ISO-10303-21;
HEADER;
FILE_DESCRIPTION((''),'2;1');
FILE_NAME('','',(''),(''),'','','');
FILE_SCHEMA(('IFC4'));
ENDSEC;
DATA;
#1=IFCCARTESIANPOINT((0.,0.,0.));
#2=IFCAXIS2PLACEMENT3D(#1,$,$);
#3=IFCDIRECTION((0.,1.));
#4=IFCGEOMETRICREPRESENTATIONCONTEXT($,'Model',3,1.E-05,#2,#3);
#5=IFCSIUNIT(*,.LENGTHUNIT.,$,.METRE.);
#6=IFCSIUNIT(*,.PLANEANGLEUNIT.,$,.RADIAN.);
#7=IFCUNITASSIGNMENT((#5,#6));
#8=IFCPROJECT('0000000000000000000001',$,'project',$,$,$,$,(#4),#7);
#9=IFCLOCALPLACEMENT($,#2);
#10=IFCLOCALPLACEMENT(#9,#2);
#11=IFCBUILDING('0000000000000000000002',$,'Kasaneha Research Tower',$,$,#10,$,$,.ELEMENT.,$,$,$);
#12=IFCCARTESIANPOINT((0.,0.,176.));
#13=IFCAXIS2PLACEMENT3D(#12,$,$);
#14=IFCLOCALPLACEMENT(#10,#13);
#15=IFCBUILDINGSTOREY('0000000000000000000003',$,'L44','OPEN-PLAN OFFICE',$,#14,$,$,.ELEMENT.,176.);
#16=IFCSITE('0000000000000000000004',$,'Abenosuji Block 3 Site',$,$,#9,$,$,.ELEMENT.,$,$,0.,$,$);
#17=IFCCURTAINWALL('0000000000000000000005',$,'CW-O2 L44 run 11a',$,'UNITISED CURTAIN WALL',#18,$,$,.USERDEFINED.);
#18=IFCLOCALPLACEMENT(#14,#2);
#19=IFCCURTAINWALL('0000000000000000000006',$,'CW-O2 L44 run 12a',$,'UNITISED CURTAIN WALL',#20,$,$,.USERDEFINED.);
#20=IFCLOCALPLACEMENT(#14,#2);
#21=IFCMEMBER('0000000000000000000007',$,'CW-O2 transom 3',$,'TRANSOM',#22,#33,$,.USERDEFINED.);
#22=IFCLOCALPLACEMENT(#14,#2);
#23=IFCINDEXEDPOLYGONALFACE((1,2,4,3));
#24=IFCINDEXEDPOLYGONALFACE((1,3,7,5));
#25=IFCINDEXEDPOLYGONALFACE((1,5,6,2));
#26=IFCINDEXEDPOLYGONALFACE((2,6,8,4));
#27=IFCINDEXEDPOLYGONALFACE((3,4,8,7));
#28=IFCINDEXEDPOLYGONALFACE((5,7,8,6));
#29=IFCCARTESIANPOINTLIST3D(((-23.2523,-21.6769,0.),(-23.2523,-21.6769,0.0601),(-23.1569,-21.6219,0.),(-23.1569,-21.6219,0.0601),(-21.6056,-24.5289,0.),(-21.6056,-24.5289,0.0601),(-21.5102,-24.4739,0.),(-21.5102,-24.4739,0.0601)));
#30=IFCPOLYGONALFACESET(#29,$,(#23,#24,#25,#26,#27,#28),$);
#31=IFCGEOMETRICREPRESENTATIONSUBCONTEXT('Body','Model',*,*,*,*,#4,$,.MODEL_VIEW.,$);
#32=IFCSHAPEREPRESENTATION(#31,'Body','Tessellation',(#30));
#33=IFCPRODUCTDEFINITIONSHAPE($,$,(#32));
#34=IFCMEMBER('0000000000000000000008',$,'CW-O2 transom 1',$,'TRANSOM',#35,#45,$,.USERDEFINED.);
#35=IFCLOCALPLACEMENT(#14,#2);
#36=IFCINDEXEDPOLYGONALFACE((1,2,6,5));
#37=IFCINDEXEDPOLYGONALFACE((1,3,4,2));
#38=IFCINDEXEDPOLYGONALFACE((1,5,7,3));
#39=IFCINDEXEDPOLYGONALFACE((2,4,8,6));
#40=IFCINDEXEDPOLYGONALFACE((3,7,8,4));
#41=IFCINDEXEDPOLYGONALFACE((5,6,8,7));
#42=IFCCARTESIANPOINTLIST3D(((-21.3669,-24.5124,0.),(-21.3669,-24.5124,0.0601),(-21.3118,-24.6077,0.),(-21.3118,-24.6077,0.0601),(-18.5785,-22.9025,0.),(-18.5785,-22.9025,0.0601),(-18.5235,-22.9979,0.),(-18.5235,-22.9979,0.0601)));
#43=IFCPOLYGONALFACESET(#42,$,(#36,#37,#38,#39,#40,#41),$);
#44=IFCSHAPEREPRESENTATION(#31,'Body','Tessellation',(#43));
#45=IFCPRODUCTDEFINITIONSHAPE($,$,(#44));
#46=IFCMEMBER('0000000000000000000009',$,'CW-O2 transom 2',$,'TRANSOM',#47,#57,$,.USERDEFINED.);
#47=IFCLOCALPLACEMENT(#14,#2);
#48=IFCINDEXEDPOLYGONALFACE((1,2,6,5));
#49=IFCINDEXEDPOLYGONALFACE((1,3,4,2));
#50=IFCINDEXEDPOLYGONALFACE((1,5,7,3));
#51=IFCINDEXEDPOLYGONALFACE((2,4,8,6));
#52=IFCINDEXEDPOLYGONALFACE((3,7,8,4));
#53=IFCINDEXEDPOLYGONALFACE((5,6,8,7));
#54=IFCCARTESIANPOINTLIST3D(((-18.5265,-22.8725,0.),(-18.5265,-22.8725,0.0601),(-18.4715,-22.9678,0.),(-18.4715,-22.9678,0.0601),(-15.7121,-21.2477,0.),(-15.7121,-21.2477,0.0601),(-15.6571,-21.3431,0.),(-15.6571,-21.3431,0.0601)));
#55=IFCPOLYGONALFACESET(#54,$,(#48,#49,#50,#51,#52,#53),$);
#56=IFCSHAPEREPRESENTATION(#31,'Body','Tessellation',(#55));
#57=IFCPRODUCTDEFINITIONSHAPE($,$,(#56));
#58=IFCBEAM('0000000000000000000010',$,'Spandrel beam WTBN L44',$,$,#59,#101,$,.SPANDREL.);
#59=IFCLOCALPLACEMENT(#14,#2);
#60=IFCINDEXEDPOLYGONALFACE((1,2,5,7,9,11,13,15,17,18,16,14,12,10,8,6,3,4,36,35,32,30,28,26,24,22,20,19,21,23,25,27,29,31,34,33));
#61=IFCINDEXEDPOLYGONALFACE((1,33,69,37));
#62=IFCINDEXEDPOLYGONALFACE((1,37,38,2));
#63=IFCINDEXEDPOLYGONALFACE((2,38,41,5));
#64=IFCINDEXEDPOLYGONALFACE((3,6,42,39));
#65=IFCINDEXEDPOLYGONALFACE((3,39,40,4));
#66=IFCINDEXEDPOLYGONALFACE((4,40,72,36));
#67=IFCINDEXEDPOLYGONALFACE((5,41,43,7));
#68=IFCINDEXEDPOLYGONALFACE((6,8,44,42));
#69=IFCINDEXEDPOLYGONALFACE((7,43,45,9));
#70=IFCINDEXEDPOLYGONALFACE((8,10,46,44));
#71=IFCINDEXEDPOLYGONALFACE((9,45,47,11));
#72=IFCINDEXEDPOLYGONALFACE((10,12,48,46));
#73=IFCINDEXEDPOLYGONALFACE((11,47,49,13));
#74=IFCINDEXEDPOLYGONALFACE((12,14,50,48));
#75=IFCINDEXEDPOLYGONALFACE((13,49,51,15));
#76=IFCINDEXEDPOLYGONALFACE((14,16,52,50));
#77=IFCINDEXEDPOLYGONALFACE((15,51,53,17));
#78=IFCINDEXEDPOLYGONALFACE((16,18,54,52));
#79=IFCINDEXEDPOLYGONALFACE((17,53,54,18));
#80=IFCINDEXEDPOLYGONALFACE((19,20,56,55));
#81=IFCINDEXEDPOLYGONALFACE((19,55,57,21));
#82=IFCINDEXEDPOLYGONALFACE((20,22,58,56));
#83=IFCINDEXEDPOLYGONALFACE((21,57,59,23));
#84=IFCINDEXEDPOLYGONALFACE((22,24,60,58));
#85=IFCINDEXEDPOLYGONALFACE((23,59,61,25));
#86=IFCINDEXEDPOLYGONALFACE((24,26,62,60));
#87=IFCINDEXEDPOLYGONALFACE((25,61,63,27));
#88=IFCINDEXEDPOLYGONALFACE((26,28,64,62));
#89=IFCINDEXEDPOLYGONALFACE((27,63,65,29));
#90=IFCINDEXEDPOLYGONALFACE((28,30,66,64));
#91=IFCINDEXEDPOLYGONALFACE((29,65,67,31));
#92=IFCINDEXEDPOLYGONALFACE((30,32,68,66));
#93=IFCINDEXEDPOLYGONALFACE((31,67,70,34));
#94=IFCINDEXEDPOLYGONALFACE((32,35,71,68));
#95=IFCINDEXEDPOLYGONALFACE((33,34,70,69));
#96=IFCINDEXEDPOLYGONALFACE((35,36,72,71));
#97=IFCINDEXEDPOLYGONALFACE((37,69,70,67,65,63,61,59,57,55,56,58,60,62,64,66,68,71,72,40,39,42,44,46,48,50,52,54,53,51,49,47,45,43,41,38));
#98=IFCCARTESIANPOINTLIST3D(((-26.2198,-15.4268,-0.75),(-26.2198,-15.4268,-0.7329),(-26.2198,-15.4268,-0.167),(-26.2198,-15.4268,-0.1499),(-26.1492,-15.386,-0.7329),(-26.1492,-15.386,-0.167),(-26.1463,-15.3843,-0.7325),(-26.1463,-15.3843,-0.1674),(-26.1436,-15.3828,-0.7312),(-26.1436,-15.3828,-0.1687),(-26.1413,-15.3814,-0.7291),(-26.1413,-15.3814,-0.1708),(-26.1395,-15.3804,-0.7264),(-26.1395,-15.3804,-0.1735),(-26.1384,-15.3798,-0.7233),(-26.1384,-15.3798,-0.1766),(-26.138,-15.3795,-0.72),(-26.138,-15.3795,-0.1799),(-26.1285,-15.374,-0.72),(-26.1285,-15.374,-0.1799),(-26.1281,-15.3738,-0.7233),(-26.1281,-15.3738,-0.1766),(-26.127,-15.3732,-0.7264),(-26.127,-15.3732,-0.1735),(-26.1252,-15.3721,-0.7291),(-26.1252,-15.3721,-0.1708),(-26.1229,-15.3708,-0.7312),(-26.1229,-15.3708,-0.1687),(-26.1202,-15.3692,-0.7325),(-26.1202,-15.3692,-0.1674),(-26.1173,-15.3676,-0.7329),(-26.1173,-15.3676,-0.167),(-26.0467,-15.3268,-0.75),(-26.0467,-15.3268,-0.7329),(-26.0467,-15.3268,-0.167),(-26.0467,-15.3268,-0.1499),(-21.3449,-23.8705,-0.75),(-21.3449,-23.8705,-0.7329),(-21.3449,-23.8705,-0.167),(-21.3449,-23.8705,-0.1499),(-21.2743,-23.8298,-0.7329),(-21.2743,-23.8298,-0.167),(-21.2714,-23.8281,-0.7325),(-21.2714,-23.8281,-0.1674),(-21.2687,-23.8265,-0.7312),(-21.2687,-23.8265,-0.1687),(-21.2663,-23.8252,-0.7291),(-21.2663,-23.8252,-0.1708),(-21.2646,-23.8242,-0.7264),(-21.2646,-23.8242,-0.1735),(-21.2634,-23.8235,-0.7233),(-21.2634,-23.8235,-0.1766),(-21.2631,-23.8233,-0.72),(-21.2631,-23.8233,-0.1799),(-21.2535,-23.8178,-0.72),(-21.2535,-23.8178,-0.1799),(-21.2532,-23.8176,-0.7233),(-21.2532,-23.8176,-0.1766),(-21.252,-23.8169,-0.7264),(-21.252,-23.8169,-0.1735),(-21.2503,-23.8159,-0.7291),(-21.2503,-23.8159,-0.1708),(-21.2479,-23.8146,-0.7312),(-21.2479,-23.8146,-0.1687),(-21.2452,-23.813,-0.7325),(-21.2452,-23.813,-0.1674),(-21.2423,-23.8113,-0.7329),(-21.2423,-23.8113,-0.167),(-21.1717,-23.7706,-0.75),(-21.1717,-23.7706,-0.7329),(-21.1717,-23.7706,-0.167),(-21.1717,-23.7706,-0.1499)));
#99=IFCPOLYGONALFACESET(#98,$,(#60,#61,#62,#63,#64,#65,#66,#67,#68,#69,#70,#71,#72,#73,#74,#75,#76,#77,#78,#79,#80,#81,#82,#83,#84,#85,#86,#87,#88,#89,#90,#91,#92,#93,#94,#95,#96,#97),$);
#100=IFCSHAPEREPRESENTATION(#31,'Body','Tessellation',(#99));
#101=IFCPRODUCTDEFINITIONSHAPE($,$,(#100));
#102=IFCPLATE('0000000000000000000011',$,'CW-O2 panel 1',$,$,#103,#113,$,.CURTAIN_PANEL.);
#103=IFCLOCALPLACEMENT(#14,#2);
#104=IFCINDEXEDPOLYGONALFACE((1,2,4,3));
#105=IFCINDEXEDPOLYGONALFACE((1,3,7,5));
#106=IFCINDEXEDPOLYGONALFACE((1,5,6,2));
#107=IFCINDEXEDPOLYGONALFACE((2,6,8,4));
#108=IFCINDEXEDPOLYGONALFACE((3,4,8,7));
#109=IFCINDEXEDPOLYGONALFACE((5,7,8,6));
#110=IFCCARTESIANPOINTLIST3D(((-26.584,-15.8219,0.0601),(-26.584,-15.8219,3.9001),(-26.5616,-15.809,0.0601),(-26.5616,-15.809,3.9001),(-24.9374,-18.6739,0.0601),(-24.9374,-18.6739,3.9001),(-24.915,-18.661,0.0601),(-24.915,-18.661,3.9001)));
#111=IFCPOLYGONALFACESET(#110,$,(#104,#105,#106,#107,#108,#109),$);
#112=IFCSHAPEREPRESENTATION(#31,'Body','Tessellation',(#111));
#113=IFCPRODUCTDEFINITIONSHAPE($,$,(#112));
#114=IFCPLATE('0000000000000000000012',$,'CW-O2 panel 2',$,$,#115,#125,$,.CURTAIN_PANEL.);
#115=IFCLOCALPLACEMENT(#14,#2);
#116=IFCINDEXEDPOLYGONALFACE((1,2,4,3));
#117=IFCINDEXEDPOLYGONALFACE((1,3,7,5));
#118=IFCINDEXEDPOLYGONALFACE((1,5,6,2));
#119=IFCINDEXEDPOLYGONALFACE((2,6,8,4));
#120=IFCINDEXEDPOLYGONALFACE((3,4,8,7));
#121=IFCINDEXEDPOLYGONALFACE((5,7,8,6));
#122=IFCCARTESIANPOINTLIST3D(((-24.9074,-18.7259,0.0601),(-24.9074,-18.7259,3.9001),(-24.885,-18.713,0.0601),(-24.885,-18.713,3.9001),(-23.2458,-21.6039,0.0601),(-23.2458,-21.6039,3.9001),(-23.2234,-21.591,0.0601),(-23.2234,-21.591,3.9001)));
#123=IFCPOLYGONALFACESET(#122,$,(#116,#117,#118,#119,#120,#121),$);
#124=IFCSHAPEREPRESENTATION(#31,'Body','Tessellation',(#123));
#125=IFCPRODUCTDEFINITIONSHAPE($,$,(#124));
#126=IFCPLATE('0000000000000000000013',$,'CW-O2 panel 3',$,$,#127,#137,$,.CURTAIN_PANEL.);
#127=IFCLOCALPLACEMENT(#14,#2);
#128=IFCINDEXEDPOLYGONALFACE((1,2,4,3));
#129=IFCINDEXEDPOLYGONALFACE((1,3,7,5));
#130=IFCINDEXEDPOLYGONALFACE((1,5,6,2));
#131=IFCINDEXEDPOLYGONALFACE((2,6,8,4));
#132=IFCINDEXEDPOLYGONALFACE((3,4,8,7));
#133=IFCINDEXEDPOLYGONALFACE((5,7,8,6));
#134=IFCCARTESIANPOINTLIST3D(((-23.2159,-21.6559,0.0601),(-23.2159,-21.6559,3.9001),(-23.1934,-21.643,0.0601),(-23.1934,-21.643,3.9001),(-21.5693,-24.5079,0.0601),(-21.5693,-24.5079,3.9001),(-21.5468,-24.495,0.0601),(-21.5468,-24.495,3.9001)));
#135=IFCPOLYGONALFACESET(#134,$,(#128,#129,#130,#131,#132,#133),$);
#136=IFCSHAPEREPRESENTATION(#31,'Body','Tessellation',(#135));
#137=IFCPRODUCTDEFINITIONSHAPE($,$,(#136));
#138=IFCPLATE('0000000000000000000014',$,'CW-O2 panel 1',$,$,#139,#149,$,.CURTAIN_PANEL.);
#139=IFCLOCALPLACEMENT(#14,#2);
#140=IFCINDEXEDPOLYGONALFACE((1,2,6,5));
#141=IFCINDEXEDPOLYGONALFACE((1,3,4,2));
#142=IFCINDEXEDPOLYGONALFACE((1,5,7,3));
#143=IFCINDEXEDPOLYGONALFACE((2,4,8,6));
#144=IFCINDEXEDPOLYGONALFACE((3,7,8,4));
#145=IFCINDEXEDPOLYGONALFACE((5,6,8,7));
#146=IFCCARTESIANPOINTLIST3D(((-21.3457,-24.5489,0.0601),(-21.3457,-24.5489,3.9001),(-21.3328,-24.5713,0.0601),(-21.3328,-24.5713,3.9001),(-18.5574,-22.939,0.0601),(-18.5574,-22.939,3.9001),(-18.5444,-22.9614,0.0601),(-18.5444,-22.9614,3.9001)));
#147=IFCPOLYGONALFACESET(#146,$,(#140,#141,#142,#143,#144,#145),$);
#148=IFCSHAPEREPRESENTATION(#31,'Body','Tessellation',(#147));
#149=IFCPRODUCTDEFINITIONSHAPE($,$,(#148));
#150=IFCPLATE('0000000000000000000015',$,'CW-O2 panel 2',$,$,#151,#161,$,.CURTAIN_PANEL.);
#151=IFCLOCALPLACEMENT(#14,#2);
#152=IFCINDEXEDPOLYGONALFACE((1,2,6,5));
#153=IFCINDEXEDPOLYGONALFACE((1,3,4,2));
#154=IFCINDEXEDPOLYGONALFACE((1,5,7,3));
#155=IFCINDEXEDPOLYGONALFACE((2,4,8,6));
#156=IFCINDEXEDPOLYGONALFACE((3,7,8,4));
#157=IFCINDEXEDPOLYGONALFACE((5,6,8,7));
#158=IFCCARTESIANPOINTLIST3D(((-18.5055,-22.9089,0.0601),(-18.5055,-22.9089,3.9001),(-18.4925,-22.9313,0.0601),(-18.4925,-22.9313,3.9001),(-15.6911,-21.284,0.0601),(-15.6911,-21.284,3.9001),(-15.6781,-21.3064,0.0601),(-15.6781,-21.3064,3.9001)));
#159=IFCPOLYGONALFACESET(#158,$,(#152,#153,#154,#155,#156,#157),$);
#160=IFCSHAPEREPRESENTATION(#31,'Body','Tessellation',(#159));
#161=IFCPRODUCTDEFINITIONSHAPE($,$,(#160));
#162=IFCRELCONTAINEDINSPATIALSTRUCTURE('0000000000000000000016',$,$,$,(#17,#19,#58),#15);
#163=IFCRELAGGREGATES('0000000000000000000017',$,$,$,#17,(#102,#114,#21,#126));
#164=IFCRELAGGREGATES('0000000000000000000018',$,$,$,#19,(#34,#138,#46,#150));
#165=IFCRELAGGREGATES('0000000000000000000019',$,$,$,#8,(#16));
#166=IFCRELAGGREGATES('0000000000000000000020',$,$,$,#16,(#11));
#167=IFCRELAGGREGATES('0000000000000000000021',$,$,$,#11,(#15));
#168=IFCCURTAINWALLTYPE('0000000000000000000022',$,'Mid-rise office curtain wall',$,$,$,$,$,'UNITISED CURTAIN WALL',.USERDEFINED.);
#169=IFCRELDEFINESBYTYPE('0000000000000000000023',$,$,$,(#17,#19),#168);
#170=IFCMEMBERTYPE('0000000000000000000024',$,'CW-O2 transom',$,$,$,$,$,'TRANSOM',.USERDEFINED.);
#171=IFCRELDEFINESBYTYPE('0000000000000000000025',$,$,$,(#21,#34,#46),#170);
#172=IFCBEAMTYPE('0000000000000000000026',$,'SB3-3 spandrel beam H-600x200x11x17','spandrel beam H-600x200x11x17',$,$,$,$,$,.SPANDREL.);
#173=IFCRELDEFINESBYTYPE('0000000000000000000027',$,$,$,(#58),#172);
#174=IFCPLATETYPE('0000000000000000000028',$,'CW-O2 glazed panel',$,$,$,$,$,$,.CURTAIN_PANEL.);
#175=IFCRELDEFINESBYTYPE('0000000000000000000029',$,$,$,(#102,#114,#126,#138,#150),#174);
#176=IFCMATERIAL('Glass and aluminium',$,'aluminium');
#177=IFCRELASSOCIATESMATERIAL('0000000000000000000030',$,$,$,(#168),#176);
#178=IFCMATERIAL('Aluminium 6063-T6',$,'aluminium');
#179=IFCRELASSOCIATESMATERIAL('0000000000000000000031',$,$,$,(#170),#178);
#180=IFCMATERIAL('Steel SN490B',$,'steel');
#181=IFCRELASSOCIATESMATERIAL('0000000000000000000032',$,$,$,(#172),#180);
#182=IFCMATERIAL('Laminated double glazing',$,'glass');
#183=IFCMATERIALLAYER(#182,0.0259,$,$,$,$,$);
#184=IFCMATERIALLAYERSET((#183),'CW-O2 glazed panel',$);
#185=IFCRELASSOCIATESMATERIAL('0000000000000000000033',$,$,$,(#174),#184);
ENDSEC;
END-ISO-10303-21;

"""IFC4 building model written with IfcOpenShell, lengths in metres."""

from ifc_helpers import new_model, si_unit, direction, frame, origin, origin_2d, place, context, subcontext, project, spatial, rectangle, i_section, extrude, material, layer, layer_set, material_profile, profile_set, type_object, element, aggregate, save


model = new_model("IFC4")

# Units and contexts
model_context = context("Model", 3, precision=1e-05, world=origin(), true_north=direction((0.0, 1.0)))
body_context = subcontext(model_context, "Body", "Model", "MODEL_VIEW")
ifc_project = project(units=[si_unit("LENGTHUNIT", "METRE"), si_unit("PLANEANGLEUNIT", "RADIAN")], contexts=[model_context])

# Site, building, storey
site_placement = place(None, origin())
site = spatial("IfcSite", under=ifc_project, at=site_placement, Name="Abenosuji Block 3 Site", CompositionType="ELEMENT", RefElevation=0.0)
building_placement = place(site_placement, origin())
building = spatial("IfcBuilding", under=site, at=building_placement, Name="Kasaneha Research Tower", CompositionType="ELEMENT")
storey_placement = place(building_placement, frame((0.0, 0.0, 176.0)))
storey = spatial("IfcBuildingStorey", under=building, at=storey_placement, Name="L44", Description="OPEN-PLAN OFFICE", CompositionType="ELEMENT", Elevation=176.0)

# Shared definitions
ifc_material_1 = material(Name="Glass and aluminium", Category="aluminium")
curtain_wall_type = type_object("IfcCurtainWallType", Name="Mid-rise office curtain wall", ElementType="UNITISED CURTAIN WALL", PredefinedType="USERDEFINED", material=ifc_material_1)

# Curtain walls
curtain_wall_1_placement = place(storey_placement, origin())
curtain_wall_1 = element("IfcCurtainWall", 1, at=curtain_wall_1_placement, inside=storey, type_object=curtain_wall_type, Name="CW-O2 L44 run 11a", ObjectType="UNITISED CURTAIN WALL", PredefinedType="USERDEFINED")
curtain_wall_2_placement = place(storey_placement, origin())
curtain_wall_2 = element("IfcCurtainWall", 2, at=curtain_wall_2_placement, inside=storey, type_object=curtain_wall_type, Name="CW-O2 L44 run 12a", ObjectType="UNITISED CURTAIN WALL", PredefinedType="USERDEFINED")

# Members
ifc_material_2 = material(Name="Aluminium 6063-T6", Category="aluminium")
ifc_material_profile_1 = material_profile(ifc_material_2, rectangle(XDim=0.1101, YDim=0.0601, at=origin_2d()), Name="CW-O2 transom 110x60")
ifc_profile_set_1 = profile_set([ifc_material_profile_1], Name="Aluminium 6063-T6")
member_type_1 = type_object("IfcMemberType", Name="CW-O2 transom", ElementType="TRANSOM", PredefinedType="USERDEFINED", material=ifc_profile_set_1)
member_1_placement = place(storey_placement, frame((-23.2046, -21.6494, 0.03), z_axis=(0.500022, -0.866013, 0.0), x_axis=(0.866013, 0.500022, 0.0)))
member_1 = element("IfcMember", 3, at=member_1_placement, type_object=member_type_1, Name="CW-O2 transom 3", ObjectType="TRANSOM", PredefinedType="USERDEFINED", context=body_context, shape_type="SweptSolid", body=[
    extrude(rectangle(XDim=0.1101, YDim=0.0601, at=origin_2d()), origin(), (0.0, 0.0, 1.0), 3.2932),
])
member_2_placement = place(storey_placement, frame((-21.3394, -24.5601, 0.03), z_axis=(0.866023, 0.500005, 0.0), x_axis=(-0.500005, 0.866023, 0.0)))
member_2 = element("IfcMember", 4, at=member_2_placement, type_object=member_type_1, Name="CW-O2 transom 1", ObjectType="TRANSOM", PredefinedType="USERDEFINED", context=body_context, shape_type="SweptSolid", body=[
    extrude(rectangle(XDim=0.1101, YDim=0.0601, at=origin_2d()), origin(), (0.0, 0.0, 1.0), 3.2197),
])
member_3_placement = place(storey_placement, frame((-18.499, -22.9202, 0.03), z_axis=(0.866048, 0.499961, 0.0), x_axis=(-0.499961, 0.866048, 0.0)))
member_3 = element("IfcMember", 5, at=member_3_placement, type_object=member_type_1, Name="CW-O2 transom 2", ObjectType="TRANSOM", PredefinedType="USERDEFINED", context=body_context, shape_type="SweptSolid", body=[
    extrude(rectangle(XDim=0.1101, YDim=0.0601, at=origin_2d()), origin(), (0.0, 0.0, 1.0), 3.2498),
])

# Beam
ifc_material_3 = material(Name="Steel SN490B", Category="steel")
ifc_material_profile_2 = material_profile(ifc_material_3, i_section(OverallWidth=0.2, OverallDepth=0.6001, WebThickness=0.011, FlangeThickness=0.0171, FilletRadius=0.0129, at=origin_2d()), Name="H-600x200x11x17")
ifc_profile_set_2 = profile_set([ifc_material_profile_2], Name="Steel SN490B")
beam_type_1 = type_object("IfcBeamType", Name="SB3-3 spandrel beam H-600x200x11x17", Description="spandrel beam H-600x200x11x17", PredefinedType="SPANDREL", material=ifc_profile_set_2)
beam_1_placement = place(storey_placement, frame((-21.2583, -23.8206, -0.45), z_axis=(-0.499996, 0.866028, 0.0), x_axis=(-0.866028, -0.499996, 0.0)))
element("IfcBeam", 6, at=beam_1_placement, inside=storey, type_object=beam_type_1, Name="Spandrel beam WTBN L44", PredefinedType="SPANDREL", context=body_context, shape_type="SweptSolid", body=[
    extrude(i_section(OverallWidth=0.2, OverallDepth=0.6001, WebThickness=0.011, FlangeThickness=0.0171, FilletRadius=0.0129, at=origin_2d()), origin(), (0.0, 0.0, 1.0), 9.75),
])

# Plates
ifc_material_4 = material(Name="Laminated double glazing", Category="glass")
ifc_layer_1 = layer(ifc_material_4, 0.0259)
ifc_layer_set_1 = layer_set([ifc_layer_1], Name="CW-O2 glazed panel")
plate_type = type_object("IfcPlateType", Name="CW-O2 glazed panel", PredefinedType="CURTAIN_PANEL", material=ifc_layer_set_1)
plate_1_placement = place(storey_placement, frame((-25.7495, -17.2415, 0.0601), z_axis=(0.0, 0.0, 1.0), x_axis=(0.5, -0.866025, 0.0)))
plate_1 = element("IfcPlate", 7, at=plate_1_placement, type_object=plate_type, Name="CW-O2 panel 1", PredefinedType="CURTAIN_PANEL", context=body_context, shape_type="SweptSolid", body=[
    extrude(rectangle(XDim=3.2932, YDim=0.0259, at=origin_2d()), origin(), (0.0, 0.0, 1.0), 3.8401),
])
plate_2_placement = place(storey_placement, frame((-24.0654, -20.1584, 0.0601), z_axis=(0.0, 0.0, 1.0), x_axis=(0.5, -0.866025, 0.0)))
plate_2 = element("IfcPlate", 8, at=plate_2_placement, type_object=plate_type, Name="CW-O2 panel 2", PredefinedType="CURTAIN_PANEL", context=body_context, shape_type="SweptSolid", body=[
    extrude(rectangle(XDim=3.3232, YDim=0.0259, at=origin_2d()), origin(), (0.0, 0.0, 1.0), 3.8401),
])
plate_3_placement = place(storey_placement, frame((-22.3813, -23.0754, 0.0601), z_axis=(0.0, 0.0, 1.0), x_axis=(0.5, -0.866025, 0.0)))
plate_3 = element("IfcPlate", 9, at=plate_3_placement, type_object=plate_type, Name="CW-O2 panel 3", PredefinedType="CURTAIN_PANEL", context=body_context, shape_type="SweptSolid", body=[
    extrude(rectangle(XDim=3.2932, YDim=0.0259, at=origin_2d()), origin(), (0.0, 0.0, 1.0), 3.8401),
])
aggregate(curtain_wall_1, [plate_1, plate_2, member_1, plate_3])
plate_4_placement = place(storey_placement, frame((-19.9451, -23.7551, 0.0601), z_axis=(0.0, 0.0, 1.0), x_axis=(0.866025, 0.5, 0.0)))
plate_4 = element("IfcPlate", 10, at=plate_4_placement, type_object=plate_type, Name="CW-O2 panel 1", PredefinedType="CURTAIN_PANEL", context=body_context, shape_type="SweptSolid", body=[
    extrude(rectangle(XDim=3.2197, YDim=0.0259, at=origin_2d()), origin(), (0.0, 0.0, 1.0), 3.8401),
])
plate_5_placement = place(storey_placement, frame((-17.0918, -22.1077, 0.0601), z_axis=(0.0, 0.0, 1.0), x_axis=(0.866025, 0.5, 0.0)))
plate_5 = element("IfcPlate", 11, at=plate_5_placement, type_object=plate_type, Name="CW-O2 panel 2", PredefinedType="CURTAIN_PANEL", context=body_context, shape_type="SweptSolid", body=[
    extrude(rectangle(XDim=3.2498, YDim=0.0259, at=origin_2d()), origin(), (0.0, 0.0, 1.0), 3.8401),
])
aggregate(curtain_wall_2, [member_2, plate_4, member_3, plate_5])

save(model, "model.ifc")
